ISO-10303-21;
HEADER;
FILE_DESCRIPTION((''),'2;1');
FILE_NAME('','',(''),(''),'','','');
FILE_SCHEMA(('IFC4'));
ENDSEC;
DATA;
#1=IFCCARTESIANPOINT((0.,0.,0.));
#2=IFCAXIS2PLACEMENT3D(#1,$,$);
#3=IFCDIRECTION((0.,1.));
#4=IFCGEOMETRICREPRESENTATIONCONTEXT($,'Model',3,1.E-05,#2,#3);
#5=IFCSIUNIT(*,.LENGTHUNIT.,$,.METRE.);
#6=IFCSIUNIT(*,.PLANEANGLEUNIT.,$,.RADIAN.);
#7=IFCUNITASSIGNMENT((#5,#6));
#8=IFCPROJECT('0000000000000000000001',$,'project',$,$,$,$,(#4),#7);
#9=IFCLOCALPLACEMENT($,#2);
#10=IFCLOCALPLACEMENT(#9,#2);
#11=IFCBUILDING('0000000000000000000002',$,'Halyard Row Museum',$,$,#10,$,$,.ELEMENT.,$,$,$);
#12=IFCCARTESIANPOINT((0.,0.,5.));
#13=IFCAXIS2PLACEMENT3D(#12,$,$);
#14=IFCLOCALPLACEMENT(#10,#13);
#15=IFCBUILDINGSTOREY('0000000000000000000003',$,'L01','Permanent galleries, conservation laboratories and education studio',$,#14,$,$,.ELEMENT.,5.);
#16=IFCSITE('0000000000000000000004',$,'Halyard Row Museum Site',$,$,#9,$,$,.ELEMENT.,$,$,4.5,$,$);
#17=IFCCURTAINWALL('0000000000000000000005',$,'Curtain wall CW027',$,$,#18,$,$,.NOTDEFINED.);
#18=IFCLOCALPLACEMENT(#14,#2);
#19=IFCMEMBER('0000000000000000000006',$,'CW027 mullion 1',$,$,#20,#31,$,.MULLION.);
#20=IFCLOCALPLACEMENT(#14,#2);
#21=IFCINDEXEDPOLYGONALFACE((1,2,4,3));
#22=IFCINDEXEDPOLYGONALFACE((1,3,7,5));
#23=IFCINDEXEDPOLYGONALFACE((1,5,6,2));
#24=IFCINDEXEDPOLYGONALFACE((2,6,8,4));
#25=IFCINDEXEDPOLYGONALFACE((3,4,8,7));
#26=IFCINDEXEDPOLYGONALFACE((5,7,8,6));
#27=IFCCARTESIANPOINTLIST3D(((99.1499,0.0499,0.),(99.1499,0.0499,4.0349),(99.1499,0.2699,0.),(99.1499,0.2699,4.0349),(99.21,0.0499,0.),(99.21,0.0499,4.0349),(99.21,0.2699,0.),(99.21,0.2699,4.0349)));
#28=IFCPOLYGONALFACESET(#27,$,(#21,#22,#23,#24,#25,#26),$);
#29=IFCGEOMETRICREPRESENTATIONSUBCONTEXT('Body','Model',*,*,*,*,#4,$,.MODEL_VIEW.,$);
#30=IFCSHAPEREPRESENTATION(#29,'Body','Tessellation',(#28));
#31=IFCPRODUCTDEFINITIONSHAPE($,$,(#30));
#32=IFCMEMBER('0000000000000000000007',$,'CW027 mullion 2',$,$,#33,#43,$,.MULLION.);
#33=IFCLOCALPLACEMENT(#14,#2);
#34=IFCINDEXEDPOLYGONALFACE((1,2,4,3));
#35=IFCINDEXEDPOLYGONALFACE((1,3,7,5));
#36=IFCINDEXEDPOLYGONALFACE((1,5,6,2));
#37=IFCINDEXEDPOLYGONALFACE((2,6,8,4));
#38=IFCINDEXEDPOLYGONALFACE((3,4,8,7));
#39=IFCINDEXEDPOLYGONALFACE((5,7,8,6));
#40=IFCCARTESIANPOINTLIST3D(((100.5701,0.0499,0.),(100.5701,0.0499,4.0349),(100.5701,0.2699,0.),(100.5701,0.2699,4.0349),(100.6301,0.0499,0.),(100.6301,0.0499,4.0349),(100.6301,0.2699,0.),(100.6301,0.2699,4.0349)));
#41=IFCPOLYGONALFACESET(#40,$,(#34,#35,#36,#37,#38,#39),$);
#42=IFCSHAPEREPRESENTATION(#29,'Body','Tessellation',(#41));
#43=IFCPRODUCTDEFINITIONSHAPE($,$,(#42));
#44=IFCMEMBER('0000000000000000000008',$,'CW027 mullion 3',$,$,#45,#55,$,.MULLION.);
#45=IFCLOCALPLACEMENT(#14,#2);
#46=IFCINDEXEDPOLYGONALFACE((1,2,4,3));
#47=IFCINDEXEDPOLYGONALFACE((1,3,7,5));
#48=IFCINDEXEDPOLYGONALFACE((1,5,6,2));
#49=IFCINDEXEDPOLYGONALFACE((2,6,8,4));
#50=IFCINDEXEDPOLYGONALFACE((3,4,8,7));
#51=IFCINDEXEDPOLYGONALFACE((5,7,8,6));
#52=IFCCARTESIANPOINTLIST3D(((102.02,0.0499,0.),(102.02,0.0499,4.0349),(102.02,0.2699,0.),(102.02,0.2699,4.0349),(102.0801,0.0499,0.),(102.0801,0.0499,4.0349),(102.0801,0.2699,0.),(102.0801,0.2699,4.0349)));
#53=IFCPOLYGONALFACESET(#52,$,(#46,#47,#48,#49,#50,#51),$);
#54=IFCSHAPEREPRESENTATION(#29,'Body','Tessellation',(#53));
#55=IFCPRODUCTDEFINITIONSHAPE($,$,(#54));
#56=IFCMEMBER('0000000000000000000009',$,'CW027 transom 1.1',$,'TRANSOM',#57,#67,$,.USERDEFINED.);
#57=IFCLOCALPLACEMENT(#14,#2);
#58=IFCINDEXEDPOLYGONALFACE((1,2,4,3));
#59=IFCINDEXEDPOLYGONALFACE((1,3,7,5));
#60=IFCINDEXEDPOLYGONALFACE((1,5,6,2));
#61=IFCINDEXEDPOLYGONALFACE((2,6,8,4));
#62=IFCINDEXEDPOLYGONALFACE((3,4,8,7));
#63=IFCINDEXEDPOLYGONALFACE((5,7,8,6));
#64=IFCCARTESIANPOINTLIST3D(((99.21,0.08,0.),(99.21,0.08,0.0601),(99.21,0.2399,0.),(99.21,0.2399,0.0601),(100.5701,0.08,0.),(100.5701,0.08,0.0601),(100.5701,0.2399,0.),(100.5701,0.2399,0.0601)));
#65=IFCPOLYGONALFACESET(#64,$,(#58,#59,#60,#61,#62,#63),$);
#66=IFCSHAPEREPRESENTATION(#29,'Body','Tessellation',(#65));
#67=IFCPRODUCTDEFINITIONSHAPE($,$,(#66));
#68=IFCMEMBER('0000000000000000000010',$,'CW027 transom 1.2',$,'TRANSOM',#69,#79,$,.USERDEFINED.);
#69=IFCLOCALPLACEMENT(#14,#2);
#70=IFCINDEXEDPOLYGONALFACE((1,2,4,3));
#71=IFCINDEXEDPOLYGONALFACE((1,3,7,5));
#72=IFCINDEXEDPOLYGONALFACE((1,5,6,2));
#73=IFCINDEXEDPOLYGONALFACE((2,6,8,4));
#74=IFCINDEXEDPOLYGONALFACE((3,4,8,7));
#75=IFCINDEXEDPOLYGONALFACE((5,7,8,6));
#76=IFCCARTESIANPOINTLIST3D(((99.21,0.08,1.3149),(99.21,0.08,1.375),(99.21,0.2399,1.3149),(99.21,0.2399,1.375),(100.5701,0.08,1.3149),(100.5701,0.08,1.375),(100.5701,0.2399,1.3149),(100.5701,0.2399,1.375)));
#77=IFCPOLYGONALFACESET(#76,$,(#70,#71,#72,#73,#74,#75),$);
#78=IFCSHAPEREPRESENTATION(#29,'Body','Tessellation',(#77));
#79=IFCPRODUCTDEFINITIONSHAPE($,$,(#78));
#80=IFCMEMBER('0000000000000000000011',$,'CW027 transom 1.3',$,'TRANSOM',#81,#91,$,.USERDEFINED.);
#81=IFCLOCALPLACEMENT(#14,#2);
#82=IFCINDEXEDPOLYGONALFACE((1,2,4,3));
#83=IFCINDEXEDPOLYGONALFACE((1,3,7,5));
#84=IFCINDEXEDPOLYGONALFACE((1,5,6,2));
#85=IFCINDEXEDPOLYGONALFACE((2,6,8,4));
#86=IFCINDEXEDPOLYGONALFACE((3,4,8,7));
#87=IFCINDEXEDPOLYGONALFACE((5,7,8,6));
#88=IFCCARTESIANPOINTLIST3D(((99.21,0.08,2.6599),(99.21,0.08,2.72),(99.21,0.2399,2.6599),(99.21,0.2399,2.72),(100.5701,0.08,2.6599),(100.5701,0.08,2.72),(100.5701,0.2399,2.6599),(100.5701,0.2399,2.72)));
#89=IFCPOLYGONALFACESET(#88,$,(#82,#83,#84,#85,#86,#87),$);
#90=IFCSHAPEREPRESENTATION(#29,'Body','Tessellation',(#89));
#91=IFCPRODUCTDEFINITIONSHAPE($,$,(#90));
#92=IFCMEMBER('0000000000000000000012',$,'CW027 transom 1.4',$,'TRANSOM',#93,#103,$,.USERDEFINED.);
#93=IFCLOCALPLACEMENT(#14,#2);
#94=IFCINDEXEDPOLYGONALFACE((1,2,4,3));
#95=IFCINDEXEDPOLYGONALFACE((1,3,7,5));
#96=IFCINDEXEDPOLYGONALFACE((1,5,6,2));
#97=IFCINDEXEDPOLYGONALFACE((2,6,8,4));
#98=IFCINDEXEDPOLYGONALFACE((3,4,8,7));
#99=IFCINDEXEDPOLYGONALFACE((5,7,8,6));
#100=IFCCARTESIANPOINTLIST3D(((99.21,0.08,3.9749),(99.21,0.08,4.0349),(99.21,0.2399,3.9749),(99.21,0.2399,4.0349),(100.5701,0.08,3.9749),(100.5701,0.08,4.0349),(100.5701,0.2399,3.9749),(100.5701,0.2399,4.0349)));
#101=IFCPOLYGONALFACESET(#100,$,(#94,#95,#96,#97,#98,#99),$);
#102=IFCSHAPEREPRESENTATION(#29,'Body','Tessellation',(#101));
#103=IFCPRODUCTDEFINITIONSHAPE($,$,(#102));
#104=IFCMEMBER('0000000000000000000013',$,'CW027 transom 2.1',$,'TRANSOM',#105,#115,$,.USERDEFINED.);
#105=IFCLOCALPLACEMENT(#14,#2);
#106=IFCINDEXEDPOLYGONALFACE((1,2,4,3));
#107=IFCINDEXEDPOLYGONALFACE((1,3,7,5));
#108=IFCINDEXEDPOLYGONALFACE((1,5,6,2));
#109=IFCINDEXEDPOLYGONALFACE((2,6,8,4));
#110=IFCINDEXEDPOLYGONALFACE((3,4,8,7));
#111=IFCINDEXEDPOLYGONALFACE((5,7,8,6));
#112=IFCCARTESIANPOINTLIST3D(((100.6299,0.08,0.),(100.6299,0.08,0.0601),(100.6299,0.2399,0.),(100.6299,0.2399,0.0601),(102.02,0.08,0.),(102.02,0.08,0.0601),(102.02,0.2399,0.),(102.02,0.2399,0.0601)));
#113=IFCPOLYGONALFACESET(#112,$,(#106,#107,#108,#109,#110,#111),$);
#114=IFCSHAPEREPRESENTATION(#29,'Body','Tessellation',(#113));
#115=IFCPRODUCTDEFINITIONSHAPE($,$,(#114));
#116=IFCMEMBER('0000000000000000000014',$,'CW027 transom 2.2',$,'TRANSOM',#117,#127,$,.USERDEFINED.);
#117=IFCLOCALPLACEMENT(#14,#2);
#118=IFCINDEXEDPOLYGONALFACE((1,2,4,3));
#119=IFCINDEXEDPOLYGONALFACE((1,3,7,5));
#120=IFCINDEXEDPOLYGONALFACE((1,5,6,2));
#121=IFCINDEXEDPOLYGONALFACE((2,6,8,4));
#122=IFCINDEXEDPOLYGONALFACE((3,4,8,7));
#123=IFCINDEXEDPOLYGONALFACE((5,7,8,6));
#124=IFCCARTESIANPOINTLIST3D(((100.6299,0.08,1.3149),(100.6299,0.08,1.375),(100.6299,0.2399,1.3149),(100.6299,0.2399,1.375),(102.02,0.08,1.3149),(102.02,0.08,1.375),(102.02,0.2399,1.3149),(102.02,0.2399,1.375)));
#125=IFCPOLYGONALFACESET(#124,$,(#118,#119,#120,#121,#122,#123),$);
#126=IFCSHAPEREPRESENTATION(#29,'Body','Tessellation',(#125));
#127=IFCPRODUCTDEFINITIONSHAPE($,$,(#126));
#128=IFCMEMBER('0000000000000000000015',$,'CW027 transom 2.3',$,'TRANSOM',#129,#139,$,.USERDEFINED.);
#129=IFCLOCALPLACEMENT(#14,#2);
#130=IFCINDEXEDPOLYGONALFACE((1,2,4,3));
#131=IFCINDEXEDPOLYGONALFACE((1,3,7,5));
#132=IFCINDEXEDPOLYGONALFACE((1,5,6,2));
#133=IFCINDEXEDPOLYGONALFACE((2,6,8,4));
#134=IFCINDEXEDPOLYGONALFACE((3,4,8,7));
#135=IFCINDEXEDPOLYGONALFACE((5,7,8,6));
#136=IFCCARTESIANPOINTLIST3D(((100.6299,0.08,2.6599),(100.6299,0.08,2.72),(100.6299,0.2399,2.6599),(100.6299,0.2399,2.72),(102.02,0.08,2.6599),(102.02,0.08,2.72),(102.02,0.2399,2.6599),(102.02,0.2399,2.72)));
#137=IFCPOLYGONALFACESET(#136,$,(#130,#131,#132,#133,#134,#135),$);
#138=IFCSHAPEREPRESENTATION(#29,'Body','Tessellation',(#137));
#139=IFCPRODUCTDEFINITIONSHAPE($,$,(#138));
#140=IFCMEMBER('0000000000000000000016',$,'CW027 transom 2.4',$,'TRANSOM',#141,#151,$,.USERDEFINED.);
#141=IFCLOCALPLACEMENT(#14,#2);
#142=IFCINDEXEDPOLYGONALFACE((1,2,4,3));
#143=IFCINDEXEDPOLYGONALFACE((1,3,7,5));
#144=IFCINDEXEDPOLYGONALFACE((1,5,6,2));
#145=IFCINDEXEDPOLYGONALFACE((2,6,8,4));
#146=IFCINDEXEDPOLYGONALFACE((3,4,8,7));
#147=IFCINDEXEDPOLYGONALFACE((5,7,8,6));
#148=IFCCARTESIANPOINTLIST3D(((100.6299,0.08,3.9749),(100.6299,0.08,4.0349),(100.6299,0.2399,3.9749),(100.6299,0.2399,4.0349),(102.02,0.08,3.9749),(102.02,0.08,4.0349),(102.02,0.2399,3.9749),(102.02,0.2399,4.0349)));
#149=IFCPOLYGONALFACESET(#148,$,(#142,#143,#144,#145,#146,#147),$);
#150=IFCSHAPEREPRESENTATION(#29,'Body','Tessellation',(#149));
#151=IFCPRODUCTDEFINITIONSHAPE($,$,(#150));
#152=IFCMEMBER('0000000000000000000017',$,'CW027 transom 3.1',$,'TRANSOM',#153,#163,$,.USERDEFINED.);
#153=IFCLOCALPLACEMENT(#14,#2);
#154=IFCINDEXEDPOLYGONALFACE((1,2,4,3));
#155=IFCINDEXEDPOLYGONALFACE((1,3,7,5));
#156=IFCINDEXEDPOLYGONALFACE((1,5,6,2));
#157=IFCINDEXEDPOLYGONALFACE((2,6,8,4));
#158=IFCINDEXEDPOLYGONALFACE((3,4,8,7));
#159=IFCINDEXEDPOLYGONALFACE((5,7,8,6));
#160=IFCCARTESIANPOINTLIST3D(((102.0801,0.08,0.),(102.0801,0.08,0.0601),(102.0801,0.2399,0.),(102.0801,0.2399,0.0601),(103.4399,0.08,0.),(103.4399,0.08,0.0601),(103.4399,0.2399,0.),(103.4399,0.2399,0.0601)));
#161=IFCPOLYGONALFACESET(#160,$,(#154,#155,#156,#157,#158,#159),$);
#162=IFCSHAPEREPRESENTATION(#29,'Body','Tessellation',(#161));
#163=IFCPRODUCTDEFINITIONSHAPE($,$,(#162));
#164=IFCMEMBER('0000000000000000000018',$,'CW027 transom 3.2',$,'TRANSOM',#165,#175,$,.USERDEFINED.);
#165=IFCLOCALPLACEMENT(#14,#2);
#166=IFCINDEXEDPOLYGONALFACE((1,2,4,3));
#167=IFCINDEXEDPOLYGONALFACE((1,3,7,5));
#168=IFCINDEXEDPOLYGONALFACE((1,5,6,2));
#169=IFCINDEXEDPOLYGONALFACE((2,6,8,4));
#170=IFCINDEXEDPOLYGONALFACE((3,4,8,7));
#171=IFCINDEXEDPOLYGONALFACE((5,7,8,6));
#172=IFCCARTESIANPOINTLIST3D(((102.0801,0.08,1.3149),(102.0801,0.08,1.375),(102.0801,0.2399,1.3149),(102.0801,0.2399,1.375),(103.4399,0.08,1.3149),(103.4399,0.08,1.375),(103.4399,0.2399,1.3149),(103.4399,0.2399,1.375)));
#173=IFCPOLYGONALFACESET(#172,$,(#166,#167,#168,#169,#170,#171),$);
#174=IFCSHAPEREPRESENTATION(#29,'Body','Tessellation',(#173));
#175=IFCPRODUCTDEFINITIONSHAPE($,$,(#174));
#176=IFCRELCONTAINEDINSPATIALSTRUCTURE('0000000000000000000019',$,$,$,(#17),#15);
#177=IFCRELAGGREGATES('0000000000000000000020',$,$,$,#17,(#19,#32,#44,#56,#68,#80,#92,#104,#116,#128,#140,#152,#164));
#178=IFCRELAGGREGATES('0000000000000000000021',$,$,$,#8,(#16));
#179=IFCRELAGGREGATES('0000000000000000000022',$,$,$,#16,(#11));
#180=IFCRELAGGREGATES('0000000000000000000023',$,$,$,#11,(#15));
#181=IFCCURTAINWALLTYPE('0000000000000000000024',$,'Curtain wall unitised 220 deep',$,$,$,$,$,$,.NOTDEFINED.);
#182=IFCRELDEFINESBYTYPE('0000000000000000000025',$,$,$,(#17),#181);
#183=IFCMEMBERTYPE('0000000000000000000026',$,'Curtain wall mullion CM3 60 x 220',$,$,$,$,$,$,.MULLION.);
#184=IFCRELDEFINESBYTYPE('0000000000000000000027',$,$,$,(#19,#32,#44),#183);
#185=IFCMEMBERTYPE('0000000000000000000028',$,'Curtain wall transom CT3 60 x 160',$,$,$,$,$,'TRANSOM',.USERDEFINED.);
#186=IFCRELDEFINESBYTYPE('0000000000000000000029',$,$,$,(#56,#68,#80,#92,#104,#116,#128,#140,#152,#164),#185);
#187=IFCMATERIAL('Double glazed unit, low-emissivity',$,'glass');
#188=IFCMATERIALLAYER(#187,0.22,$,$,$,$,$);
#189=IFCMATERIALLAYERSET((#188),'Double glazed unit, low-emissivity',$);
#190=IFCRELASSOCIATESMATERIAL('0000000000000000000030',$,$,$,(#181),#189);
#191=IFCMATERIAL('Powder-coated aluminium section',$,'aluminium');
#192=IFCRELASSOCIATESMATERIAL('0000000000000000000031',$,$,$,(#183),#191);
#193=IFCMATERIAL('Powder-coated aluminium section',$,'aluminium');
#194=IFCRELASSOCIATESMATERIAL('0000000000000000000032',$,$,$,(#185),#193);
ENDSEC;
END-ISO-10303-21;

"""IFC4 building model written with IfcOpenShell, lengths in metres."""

from ifc_helpers import new_model, si_unit, direction, frame, origin, origin_2d, place, context, subcontext, project, spatial, rectangle, extrude, material, layer, layer_set, material_profile, profile_set, type_object, element, aggregate, save


model = new_model("IFC4")

# Units and contexts
model_context = context("Model", 3, precision=1e-05, world=origin(), true_north=direction((0.0, 1.0)))
body_context = subcontext(model_context, "Body", "Model", "MODEL_VIEW")
ifc_project = project(units=[si_unit("LENGTHUNIT", "METRE"), si_unit("PLANEANGLEUNIT", "RADIAN")], contexts=[model_context])

# Site, building, storey
site_placement = place(None, origin())
site = spatial("IfcSite", under=ifc_project, at=site_placement, Name="Halyard Row Museum Site", CompositionType="ELEMENT", RefElevation=4.5)
building_placement = place(site_placement, origin())
building = spatial("IfcBuilding", under=site, at=building_placement, Name="Halyard Row Museum", CompositionType="ELEMENT")
storey_placement = place(building_placement, frame((0.0, 0.0, 5.0)))
storey = spatial("IfcBuildingStorey", under=building, at=storey_placement, Name="L01", Description="Permanent galleries, conservation laboratories and education studio", CompositionType="ELEMENT", Elevation=5.0)

# Curtain wall, members
ifc_material_1 = material(Name="Double glazed unit, low-emissivity", Category="glass")
ifc_layer_1 = layer(ifc_material_1, 0.22)
ifc_layer_set_1 = layer_set([ifc_layer_1], Name="Double glazed unit, low-emissivity")
curtain_wall_type = type_object("IfcCurtainWallType", Name="Curtain wall unitised 220 deep", PredefinedType="NOTDEFINED", material=ifc_layer_set_1)
curtain_wall_placement = place(storey_placement, origin())
curtain_wall = element("IfcCurtainWall", 1, at=curtain_wall_placement, inside=storey, type_object=curtain_wall_type, Name="Curtain wall CW027", PredefinedType="NOTDEFINED")
ifc_material_2 = material(Name="Powder-coated aluminium section", Category="aluminium")
ifc_material_profile_1 = material_profile(ifc_material_2, rectangle(XDim=0.22, YDim=0.0601, at=origin_2d()), Name="220x60 mullion")
ifc_profile_set_1 = profile_set([ifc_material_profile_1], Name="Powder-coated aluminium section")
member_type_1 = type_object("IfcMemberType", Name="Curtain wall mullion CM3 60 x 220", PredefinedType="MULLION", material=ifc_profile_set_1)
member_1_placement = place(storey_placement, frame((99.1799, 0.1599, 0.0), z_axis=(0.0, 0.0, 1.0), x_axis=(0.0, 1.0, 0.0)))
member_1 = element("IfcMember", 2, at=member_1_placement, type_object=member_type_1, Name="CW027 mullion 1", PredefinedType="MULLION", context=body_context, shape_type="SweptSolid", body=[
    extrude(rectangle(XDim=0.22, YDim=0.0601, at=origin_2d()), origin(), (0.0, 0.0, 1.0), 4.0349),
])
member_2_placement = place(storey_placement, frame((100.6001, 0.1599, 0.0), z_axis=(0.0, 0.0, 1.0), x_axis=(0.0, 1.0, 0.0)))
member_2 = element("IfcMember", 3, at=member_2_placement, type_object=member_type_1, Name="CW027 mullion 2", PredefinedType="MULLION", context=body_context, shape_type="SweptSolid", body=[
    extrude(rectangle(XDim=0.22, YDim=0.0601, at=origin_2d()), origin(), (0.0, 0.0, 1.0), 4.0349),
])
member_3_placement = place(storey_placement, frame((102.05, 0.1599, 0.0), z_axis=(0.0, 0.0, 1.0), x_axis=(0.0, 1.0, 0.0)))
member_3 = element("IfcMember", 4, at=member_3_placement, type_object=member_type_1, Name="CW027 mullion 3", PredefinedType="MULLION", context=body_context, shape_type="SweptSolid", body=[
    extrude(rectangle(XDim=0.22, YDim=0.0601, at=origin_2d()), origin(), (0.0, 0.0, 1.0), 4.0349),
])
ifc_material_3 = material(Name="Powder-coated aluminium section", Category="aluminium")
ifc_material_profile_2 = material_profile(ifc_material_3, rectangle(XDim=0.1599, YDim=0.0601, at=origin_2d()), Name="160x60 transom")
ifc_profile_set_2 = profile_set([ifc_material_profile_2], Name="Powder-coated aluminium section")
member_type_2 = type_object("IfcMemberType", Name="Curtain wall transom CT3 60 x 160", ElementType="TRANSOM", PredefinedType="USERDEFINED", material=ifc_profile_set_2)
member_4_placement = place(storey_placement, frame((99.21, 0.1599, 0.03), z_axis=(1.0, 0.0, 0.0), x_axis=(0.0, 1.0, 0.0)))
member_4 = element("IfcMember", 5, at=member_4_placement, type_object=member_type_2, Name="CW027 transom 1.1", ObjectType="TRANSOM", PredefinedType="USERDEFINED", context=body_context, shape_type="SweptSolid", body=[
    extrude(rectangle(XDim=0.1599, YDim=0.0601, at=origin_2d()), origin(), (0.0, 0.0, 1.0), 1.3601),
])
member_5_placement = place(storey_placement, frame((99.21, 0.1599, 1.345), z_axis=(1.0, 0.0, 0.0), x_axis=(0.0, 1.0, 0.0)))
member_5 = element("IfcMember", 6, at=member_5_placement, type_object=member_type_2, Name="CW027 transom 1.2", ObjectType="TRANSOM", PredefinedType="USERDEFINED", context=body_context, shape_type="SweptSolid", body=[
    extrude(rectangle(XDim=0.1599, YDim=0.0601, at=origin_2d()), origin(), (0.0, 0.0, 1.0), 1.3601),
])
member_6_placement = place(storey_placement, frame((99.21, 0.1599, 2.6899), z_axis=(1.0, 0.0, 0.0), x_axis=(0.0, 1.0, 0.0)))
member_6 = element("IfcMember", 7, at=member_6_placement, type_object=member_type_2, Name="CW027 transom 1.3", ObjectType="TRANSOM", PredefinedType="USERDEFINED", context=body_context, shape_type="SweptSolid", body=[
    extrude(rectangle(XDim=0.1599, YDim=0.0601, at=origin_2d()), origin(), (0.0, 0.0, 1.0), 1.3601),
])
member_7_placement = place(storey_placement, frame((99.21, 0.1599, 4.0049), z_axis=(1.0, 0.0, 0.0), x_axis=(0.0, 1.0, 0.0)))
member_7 = element("IfcMember", 8, at=member_7_placement, type_object=member_type_2, Name="CW027 transom 1.4", ObjectType="TRANSOM", PredefinedType="USERDEFINED", context=body_context, shape_type="SweptSolid", body=[
    extrude(rectangle(XDim=0.1599, YDim=0.0601, at=origin_2d()), origin(), (0.0, 0.0, 1.0), 1.3601),
])
member_8_placement = place(storey_placement, frame((100.6299, 0.1599, 0.03), z_axis=(1.0, 0.0, 0.0), x_axis=(0.0, 1.0, 0.0)))
member_8 = element("IfcMember", 9, at=member_8_placement, type_object=member_type_2, Name="CW027 transom 2.1", ObjectType="TRANSOM", PredefinedType="USERDEFINED", context=body_context, shape_type="SweptSolid", body=[
    extrude(rectangle(XDim=0.1599, YDim=0.0601, at=origin_2d()), origin(), (0.0, 0.0, 1.0), 1.3901),
])
member_9_placement = place(storey_placement, frame((100.6299, 0.1599, 1.345), z_axis=(1.0, 0.0, 0.0), x_axis=(0.0, 1.0, 0.0)))
member_9 = element("IfcMember", 10, at=member_9_placement, type_object=member_type_2, Name="CW027 transom 2.2", ObjectType="TRANSOM", PredefinedType="USERDEFINED", context=body_context, shape_type="SweptSolid", body=[
    extrude(rectangle(XDim=0.1599, YDim=0.0601, at=origin_2d()), origin(), (0.0, 0.0, 1.0), 1.3901),
])
member_10_placement = place(storey_placement, frame((100.6299, 0.1599, 2.6899), z_axis=(1.0, 0.0, 0.0), x_axis=(0.0, 1.0, 0.0)))
member_10 = element("IfcMember", 11, at=member_10_placement, type_object=member_type_2, Name="CW027 transom 2.3", ObjectType="TRANSOM", PredefinedType="USERDEFINED", context=body_context, shape_type="SweptSolid", body=[
    extrude(rectangle(XDim=0.1599, YDim=0.0601, at=origin_2d()), origin(), (0.0, 0.0, 1.0), 1.3901),
])
member_11_placement = place(storey_placement, frame((100.6299, 0.1599, 4.0049), z_axis=(1.0, 0.0, 0.0), x_axis=(0.0, 1.0, 0.0)))
member_11 = element("IfcMember", 12, at=member_11_placement, type_object=member_type_2, Name="CW027 transom 2.4", ObjectType="TRANSOM", PredefinedType="USERDEFINED", context=body_context, shape_type="SweptSolid", body=[
    extrude(rectangle(XDim=0.1599, YDim=0.0601, at=origin_2d()), origin(), (0.0, 0.0, 1.0), 1.3901),
])
member_12_placement = place(storey_placement, frame((102.0801, 0.1599, 0.03), z_axis=(1.0, 0.0, 0.0), x_axis=(0.0, 1.0, 0.0)))
member_12 = element("IfcMember", 13, at=member_12_placement, type_object=member_type_2, Name="CW027 transom 3.1", ObjectType="TRANSOM", PredefinedType="USERDEFINED", context=body_context, shape_type="SweptSolid", body=[
    extrude(rectangle(XDim=0.1599, YDim=0.0601, at=origin_2d()), origin(), (0.0, 0.0, 1.0), 1.3599),
])
member_13_placement = place(storey_placement, frame((102.0801, 0.1599, 1.345), z_axis=(1.0, 0.0, 0.0), x_axis=(0.0, 1.0, 0.0)))
member_13 = element("IfcMember", 14, at=member_13_placement, type_object=member_type_2, Name="CW027 transom 3.2", ObjectType="TRANSOM", PredefinedType="USERDEFINED", context=body_context, shape_type="SweptSolid", body=[
    extrude(rectangle(XDim=0.1599, YDim=0.0601, at=origin_2d()), origin(), (0.0, 0.0, 1.0), 1.3599),
])

aggregate(curtain_wall, [member_1, member_2, member_3, member_4, member_5, member_6, member_7, member_8, member_9, member_10, member_11, member_12, member_13])

save(model, "model.ifc")
